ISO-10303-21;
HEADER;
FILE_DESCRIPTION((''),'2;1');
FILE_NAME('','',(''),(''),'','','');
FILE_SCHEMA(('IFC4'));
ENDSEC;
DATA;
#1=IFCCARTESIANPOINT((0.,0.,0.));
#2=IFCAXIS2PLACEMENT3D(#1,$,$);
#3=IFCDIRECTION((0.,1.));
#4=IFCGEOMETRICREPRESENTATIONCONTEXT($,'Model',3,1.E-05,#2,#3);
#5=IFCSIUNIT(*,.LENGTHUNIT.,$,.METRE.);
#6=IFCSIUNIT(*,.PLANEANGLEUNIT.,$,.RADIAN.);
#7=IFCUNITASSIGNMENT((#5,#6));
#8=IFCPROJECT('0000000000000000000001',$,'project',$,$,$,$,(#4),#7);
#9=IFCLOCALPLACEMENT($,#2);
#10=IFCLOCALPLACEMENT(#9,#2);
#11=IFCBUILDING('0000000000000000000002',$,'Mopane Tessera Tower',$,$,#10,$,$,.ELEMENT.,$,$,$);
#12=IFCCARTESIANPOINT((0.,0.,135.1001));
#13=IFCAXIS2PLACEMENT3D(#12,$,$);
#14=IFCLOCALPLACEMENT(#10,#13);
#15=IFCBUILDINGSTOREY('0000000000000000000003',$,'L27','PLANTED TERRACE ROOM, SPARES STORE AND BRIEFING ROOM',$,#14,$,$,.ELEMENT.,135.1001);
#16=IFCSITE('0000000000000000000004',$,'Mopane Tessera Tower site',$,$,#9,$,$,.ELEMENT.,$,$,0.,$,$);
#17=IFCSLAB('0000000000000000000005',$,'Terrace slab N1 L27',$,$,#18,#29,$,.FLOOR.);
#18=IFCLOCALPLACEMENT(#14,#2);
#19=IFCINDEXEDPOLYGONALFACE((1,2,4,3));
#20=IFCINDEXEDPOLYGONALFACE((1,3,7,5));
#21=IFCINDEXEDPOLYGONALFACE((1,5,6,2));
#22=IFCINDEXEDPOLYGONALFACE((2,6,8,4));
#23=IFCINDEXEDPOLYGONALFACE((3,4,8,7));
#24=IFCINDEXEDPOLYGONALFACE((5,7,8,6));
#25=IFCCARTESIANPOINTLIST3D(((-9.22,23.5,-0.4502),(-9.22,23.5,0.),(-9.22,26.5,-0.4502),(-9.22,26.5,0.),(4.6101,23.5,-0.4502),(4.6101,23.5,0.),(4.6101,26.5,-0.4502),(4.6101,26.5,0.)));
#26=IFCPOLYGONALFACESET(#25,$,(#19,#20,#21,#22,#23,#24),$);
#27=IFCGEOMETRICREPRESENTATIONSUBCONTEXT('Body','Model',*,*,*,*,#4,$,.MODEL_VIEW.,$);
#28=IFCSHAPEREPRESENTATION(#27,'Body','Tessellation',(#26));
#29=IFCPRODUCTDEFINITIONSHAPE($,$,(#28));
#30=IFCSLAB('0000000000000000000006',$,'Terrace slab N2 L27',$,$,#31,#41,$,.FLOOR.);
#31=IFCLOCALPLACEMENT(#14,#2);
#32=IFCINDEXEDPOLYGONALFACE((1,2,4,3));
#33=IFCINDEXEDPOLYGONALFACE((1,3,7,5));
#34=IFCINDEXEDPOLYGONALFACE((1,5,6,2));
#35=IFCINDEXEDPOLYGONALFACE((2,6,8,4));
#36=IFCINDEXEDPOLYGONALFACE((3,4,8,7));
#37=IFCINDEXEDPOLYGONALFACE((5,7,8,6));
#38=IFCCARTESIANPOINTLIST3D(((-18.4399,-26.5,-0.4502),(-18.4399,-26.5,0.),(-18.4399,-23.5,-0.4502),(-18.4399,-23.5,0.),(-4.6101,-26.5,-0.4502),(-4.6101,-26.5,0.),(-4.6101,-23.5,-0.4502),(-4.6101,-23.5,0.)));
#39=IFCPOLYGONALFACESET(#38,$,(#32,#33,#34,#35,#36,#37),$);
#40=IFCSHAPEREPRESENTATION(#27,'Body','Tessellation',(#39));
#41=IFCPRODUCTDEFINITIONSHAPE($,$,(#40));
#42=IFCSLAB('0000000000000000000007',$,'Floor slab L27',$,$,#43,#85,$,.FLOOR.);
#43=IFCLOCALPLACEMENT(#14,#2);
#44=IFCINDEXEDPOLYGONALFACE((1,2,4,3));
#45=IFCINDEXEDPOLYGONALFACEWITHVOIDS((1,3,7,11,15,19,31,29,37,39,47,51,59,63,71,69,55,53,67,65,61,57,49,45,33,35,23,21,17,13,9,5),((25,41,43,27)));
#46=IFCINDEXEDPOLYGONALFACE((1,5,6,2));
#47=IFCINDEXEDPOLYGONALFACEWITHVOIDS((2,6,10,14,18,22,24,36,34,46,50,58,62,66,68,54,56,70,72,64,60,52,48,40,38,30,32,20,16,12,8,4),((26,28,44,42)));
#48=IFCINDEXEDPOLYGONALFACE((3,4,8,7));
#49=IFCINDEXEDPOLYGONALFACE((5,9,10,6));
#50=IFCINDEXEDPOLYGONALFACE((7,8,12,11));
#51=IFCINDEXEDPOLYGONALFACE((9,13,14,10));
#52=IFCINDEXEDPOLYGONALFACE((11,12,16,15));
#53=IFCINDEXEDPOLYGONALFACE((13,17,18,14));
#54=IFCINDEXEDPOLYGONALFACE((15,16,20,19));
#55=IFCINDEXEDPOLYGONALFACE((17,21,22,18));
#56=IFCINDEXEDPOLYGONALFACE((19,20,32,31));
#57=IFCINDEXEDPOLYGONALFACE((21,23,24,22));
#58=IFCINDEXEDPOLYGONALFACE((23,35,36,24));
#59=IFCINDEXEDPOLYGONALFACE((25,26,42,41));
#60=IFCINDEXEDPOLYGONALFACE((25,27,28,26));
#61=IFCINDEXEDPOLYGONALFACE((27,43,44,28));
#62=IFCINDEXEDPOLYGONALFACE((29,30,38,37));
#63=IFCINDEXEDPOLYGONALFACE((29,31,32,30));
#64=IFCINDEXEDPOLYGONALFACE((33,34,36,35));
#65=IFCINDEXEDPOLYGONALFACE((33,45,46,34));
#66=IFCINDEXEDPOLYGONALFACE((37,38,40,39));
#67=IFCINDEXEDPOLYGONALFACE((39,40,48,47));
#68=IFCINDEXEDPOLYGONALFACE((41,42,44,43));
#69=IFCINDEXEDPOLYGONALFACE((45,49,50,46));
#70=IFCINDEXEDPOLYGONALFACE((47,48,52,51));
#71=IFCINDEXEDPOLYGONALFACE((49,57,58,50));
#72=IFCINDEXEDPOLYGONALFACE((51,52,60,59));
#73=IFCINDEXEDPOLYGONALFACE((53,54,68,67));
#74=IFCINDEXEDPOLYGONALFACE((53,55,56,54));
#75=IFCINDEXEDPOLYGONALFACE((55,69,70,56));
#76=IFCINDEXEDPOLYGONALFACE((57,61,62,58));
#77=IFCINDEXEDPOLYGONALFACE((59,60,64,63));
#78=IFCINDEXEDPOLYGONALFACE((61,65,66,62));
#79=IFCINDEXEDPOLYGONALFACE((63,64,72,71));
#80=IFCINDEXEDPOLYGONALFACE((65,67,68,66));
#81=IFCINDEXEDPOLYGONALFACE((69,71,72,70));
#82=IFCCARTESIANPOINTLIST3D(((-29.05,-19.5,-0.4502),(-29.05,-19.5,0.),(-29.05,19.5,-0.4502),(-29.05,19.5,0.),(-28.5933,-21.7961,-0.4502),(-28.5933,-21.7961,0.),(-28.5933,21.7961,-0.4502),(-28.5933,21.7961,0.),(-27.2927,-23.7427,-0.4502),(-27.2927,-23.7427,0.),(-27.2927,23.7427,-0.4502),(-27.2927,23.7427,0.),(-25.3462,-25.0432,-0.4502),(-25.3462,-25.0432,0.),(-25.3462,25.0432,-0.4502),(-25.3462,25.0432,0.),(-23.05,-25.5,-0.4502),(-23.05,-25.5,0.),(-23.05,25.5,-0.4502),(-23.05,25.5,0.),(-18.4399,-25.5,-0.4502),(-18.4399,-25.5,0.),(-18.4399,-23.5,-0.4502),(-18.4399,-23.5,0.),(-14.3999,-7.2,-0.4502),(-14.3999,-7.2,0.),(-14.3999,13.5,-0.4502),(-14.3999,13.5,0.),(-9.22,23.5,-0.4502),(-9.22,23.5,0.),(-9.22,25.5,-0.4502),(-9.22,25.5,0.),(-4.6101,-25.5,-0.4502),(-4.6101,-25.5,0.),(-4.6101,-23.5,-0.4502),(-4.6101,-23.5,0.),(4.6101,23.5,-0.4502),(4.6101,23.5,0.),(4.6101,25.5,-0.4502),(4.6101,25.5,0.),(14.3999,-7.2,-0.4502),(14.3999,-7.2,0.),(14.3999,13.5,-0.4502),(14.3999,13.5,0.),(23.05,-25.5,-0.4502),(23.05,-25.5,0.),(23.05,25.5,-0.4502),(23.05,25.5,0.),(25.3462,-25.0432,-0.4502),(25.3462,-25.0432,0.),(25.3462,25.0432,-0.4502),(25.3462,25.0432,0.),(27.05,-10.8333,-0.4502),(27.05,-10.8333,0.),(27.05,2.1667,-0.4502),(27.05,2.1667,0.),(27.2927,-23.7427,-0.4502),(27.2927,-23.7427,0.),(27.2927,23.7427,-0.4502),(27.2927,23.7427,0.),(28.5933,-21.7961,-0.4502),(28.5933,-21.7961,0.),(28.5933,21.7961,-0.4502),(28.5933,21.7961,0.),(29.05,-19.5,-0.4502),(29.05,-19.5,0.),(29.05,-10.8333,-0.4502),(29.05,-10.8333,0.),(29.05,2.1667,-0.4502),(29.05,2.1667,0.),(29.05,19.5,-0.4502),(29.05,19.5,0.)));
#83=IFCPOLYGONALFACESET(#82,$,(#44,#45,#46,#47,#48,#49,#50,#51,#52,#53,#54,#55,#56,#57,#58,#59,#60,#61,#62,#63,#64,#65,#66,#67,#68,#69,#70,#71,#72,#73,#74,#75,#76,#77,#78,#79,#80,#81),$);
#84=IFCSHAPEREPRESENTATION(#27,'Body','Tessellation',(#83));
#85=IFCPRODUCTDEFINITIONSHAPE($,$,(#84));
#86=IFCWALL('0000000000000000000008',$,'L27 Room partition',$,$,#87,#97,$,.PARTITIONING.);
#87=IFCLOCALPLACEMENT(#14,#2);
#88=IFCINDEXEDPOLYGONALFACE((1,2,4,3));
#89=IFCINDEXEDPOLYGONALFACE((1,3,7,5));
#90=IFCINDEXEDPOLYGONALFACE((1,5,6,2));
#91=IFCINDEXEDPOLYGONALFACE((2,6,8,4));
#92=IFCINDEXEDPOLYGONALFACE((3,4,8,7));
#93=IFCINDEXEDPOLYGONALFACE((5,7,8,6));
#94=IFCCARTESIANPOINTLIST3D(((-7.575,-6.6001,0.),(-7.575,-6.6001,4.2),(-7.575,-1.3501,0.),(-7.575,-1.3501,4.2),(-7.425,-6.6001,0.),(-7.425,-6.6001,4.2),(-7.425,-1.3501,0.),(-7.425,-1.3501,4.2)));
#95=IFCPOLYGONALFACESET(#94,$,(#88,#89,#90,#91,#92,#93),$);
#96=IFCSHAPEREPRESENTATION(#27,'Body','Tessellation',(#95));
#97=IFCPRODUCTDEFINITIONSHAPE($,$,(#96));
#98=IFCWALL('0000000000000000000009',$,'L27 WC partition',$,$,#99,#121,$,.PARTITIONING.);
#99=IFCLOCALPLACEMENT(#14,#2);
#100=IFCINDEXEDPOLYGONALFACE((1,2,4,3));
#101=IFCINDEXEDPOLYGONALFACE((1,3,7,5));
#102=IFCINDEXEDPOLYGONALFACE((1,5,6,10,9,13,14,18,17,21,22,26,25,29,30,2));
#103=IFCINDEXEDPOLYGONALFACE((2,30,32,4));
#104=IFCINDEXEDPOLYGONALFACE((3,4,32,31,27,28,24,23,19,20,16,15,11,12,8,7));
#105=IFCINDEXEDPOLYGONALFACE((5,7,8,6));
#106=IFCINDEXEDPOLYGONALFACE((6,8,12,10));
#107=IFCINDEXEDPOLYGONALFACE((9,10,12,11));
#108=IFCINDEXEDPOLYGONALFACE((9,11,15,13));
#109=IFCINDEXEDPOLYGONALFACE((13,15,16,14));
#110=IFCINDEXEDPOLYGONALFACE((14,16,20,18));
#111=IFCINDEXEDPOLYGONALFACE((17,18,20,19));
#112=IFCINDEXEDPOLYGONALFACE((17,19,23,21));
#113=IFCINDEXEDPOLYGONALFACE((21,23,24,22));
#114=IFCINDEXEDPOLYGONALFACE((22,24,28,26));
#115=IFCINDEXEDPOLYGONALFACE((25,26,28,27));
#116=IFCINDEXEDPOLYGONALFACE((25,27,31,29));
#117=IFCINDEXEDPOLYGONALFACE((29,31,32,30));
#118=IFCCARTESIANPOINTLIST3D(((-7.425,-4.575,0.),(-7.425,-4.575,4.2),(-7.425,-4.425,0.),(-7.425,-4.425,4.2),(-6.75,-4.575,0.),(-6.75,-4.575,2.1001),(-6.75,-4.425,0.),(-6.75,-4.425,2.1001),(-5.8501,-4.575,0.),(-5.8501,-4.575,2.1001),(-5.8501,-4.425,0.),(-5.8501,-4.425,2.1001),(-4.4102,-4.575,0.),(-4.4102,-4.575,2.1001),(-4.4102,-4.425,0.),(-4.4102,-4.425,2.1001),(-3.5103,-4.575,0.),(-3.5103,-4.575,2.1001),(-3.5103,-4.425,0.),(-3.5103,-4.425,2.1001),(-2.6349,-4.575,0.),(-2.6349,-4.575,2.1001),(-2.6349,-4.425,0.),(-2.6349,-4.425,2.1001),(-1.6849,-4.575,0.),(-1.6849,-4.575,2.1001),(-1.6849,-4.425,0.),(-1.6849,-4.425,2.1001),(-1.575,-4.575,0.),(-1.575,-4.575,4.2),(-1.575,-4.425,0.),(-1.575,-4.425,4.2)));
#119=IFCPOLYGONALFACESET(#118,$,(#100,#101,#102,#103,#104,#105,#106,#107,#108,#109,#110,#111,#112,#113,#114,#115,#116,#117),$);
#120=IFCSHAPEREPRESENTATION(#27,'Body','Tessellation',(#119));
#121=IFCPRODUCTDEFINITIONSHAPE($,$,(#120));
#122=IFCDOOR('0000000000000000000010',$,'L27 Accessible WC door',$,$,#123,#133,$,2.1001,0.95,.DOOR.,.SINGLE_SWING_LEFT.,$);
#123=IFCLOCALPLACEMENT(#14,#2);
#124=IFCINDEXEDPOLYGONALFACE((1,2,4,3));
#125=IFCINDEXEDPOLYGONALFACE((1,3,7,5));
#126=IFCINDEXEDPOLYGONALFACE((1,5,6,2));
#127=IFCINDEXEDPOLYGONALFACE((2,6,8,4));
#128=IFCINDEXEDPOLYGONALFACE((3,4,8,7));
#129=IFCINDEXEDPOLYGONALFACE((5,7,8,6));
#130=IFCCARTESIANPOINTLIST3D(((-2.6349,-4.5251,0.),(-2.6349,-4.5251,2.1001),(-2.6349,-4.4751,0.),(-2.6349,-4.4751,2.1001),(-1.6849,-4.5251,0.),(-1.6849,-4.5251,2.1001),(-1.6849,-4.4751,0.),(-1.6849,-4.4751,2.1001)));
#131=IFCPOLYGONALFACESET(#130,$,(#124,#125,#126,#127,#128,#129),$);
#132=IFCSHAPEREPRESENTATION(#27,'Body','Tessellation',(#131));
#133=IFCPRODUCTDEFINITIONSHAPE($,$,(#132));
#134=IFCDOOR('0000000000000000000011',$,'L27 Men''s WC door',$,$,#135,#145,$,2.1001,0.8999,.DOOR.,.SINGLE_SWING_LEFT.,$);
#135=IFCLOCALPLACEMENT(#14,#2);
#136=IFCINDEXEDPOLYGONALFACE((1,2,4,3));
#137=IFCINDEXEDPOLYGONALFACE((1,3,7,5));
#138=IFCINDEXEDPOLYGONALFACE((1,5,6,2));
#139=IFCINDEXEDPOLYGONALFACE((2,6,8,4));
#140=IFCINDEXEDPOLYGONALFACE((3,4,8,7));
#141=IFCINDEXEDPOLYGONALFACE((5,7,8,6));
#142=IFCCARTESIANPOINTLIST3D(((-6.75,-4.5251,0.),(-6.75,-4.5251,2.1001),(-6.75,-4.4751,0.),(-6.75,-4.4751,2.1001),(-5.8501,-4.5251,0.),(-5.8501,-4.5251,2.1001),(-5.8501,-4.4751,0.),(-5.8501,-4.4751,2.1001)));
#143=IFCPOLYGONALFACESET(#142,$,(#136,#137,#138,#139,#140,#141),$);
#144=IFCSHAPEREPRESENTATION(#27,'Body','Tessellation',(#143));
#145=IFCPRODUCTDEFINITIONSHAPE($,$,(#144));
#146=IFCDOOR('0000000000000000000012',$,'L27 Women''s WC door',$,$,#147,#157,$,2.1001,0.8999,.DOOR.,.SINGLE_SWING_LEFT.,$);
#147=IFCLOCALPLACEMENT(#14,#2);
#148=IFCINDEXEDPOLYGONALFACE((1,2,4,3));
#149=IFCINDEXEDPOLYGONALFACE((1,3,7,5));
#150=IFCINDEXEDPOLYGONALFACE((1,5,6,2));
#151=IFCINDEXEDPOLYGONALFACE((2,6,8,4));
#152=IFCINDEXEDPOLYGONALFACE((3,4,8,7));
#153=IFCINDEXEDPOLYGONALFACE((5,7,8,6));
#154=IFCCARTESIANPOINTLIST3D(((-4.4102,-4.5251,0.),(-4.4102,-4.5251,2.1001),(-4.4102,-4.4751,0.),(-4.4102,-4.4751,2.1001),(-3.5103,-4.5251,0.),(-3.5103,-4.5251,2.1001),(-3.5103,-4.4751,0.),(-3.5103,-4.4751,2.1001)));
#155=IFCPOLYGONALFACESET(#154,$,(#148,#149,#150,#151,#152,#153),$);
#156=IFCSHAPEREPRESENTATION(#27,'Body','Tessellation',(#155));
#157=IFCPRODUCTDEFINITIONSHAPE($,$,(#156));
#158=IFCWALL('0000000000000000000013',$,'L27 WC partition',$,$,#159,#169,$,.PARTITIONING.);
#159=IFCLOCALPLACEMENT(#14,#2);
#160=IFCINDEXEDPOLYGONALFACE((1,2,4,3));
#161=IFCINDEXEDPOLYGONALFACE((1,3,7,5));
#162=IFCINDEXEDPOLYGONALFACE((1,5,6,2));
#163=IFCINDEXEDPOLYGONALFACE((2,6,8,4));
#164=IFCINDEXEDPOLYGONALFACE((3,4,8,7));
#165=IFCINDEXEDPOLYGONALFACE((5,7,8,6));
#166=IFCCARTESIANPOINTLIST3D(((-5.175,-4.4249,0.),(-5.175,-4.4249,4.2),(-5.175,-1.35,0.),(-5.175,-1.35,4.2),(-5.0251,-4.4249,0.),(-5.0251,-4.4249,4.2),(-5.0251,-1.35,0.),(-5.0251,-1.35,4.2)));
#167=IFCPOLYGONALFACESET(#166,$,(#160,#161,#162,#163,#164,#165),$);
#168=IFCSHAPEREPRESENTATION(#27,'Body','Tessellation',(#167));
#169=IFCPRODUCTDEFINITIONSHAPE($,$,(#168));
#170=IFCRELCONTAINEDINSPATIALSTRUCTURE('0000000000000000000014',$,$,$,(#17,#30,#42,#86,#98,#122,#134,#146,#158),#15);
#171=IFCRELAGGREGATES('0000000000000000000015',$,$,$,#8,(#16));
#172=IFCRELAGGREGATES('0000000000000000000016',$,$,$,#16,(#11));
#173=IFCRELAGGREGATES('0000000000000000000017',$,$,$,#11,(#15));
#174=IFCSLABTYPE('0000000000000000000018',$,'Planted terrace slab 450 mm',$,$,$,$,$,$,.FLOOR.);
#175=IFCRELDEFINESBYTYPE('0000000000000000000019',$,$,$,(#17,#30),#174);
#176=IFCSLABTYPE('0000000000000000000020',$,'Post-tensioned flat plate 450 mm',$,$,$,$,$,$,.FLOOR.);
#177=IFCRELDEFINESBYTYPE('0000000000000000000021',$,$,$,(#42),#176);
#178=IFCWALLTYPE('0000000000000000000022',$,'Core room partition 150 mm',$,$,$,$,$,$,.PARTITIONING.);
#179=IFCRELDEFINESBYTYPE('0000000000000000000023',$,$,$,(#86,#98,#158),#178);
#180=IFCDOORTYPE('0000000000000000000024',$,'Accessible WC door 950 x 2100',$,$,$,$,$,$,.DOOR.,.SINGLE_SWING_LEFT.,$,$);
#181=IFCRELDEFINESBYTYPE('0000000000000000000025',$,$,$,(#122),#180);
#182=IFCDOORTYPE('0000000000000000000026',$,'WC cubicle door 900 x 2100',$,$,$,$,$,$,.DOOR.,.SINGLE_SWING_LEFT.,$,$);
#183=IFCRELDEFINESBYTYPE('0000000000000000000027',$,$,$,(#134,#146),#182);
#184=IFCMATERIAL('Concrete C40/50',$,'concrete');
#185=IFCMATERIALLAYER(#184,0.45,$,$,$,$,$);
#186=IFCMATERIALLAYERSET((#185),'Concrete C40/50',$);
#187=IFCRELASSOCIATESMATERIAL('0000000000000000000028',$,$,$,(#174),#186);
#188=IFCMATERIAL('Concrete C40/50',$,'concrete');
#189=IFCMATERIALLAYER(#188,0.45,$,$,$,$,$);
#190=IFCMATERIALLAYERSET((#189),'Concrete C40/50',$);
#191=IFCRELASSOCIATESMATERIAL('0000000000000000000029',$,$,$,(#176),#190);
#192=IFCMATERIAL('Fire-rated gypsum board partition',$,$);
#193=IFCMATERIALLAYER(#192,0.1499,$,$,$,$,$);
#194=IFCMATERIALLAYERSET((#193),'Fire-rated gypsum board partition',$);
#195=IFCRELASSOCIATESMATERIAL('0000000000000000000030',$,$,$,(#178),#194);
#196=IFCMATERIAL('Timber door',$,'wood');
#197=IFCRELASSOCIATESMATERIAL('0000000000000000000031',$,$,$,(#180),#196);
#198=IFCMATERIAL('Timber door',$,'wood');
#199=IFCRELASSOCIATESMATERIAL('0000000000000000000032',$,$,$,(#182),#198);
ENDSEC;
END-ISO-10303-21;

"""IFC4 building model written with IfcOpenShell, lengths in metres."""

from ifc_helpers import new_model, si_unit, direction, frame, frame_2d, origin, place, context, subcontext, project, spatial, polyline, rectangle, outline, extrude, material, layer, layer_set, type_object, element, fill, save


model = new_model("IFC4")

# Units and contexts
model_context = context("Model", 3, precision=1e-05, world=origin(), true_north=direction((0.0, 1.0)))
body_context = subcontext(model_context, "Body", "Model", "MODEL_VIEW")
ifc_project = project(units=[si_unit("LENGTHUNIT", "METRE"), si_unit("PLANEANGLEUNIT", "RADIAN")], contexts=[model_context])

# Site, building, storey
site_placement = place(None, origin())
site = spatial("IfcSite", under=ifc_project, at=site_placement, Name="Mopane Tessera Tower site", CompositionType="ELEMENT", RefElevation=0.0)
building_placement = place(site_placement, origin())
building = spatial("IfcBuilding", under=site, at=building_placement, Name="Mopane Tessera Tower", CompositionType="ELEMENT")
storey_placement = place(building_placement, frame((0.0, 0.0, 135.1001)))
storey = spatial("IfcBuildingStorey", under=building, at=storey_placement, Name="L27", Description="PLANTED TERRACE ROOM, SPARES STORE AND BRIEFING ROOM", CompositionType="ELEMENT", Elevation=135.1001)

# Slabs
ifc_material_1 = material(Name="Concrete C40/50", Category="concrete")
ifc_layer_1 = layer(ifc_material_1, 0.45)
ifc_layer_set_1 = layer_set([ifc_layer_1], Name="Concrete C40/50")
slab_type_1 = type_object("IfcSlabType", Name="Planted terrace slab 450 mm", PredefinedType="FLOOR", material=ifc_layer_set_1)
slab_1_placement = place(storey_placement, frame((0.0, 0.0, -0.4502)))
element("IfcSlab", 1, at=slab_1_placement, inside=storey, type_object=slab_type_1, Name="Terrace slab N1 L27", PredefinedType="FLOOR", context=body_context, shape_type="SweptSolid", body=[
    extrude(outline(polyline([(-9.22, 26.5), (-9.22, 23.5), (4.6101, 23.5), (4.6101, 26.5), (-9.22, 26.5)])), origin(), (0.0, 0.0, 1.0), 0.4502),
])
slab_2_placement = place(storey_placement, frame((0.0, 0.0, -0.4502)))
element("IfcSlab", 2, at=slab_2_placement, inside=storey, type_object=slab_type_1, Name="Terrace slab N2 L27", PredefinedType="FLOOR", context=body_context, shape_type="SweptSolid", body=[
    extrude(outline(polyline([(-4.6101, -26.5), (-4.6101, -23.5), (-18.4399, -23.5), (-18.4399, -26.5), (-4.6101, -26.5)])), origin(), (0.0, 0.0, 1.0), 0.4502),
])
ifc_material_2 = material(Name="Concrete C40/50", Category="concrete")
ifc_layer_2 = layer(ifc_material_2, 0.45)
ifc_layer_set_2 = layer_set([ifc_layer_2], Name="Concrete C40/50")
slab_type_2 = type_object("IfcSlabType", Name="Post-tensioned flat plate 450 mm", PredefinedType="FLOOR", material=ifc_layer_set_2)
slab_3_placement = place(storey_placement, frame((0.0, 0.0, -0.4502)))
element("IfcSlab", 3, at=slab_3_placement, inside=storey, type_object=slab_type_2, Name="Floor slab L27", PredefinedType="FLOOR", context=body_context, shape_type="SweptSolid", body=[
    extrude(outline(polyline([(-23.05, -25.5), (-18.4399, -25.5), (-18.4399, -23.5), (-4.6101, -23.5), (-4.6101, -25.5), (23.05, -25.5), (25.3462, -25.0432), (27.2927, -23.7427), (28.5933, -21.7961), (29.05, -19.5), (29.05, -10.8333), (27.05, -10.8333), (27.05, 2.1667), (29.05, 2.1667), (29.05, 19.5), (28.5933, 21.7961), (27.2927, 23.7427), (25.3462, 25.0432), (23.05, 25.5), (4.6101, 25.5), (4.6101, 23.5), (-9.22, 23.5), (-9.22, 25.5), (-23.05, 25.5), (-25.3462, 25.0432), (-27.2927, 23.7427), (-28.5933, 21.7961), (-29.05, 19.5), (-29.05, -19.5), (-28.5933, -21.7961), (-27.2927, -23.7427), (-25.3462, -25.0432), (-23.05, -25.5)]), holes=[polyline([(14.3999, -7.2), (-14.3999, -7.2), (-14.3999, 13.5), (14.3999, 13.5), (14.3999, -7.2)])]), origin(), (0.0, 0.0, 1.0), 0.4502),
])

# Wall
ifc_material_3 = material(Name="Fire-rated gypsum board partition")
ifc_layer_3 = layer(ifc_material_3, 0.1499)
ifc_layer_set_3 = layer_set([ifc_layer_3], Name="Fire-rated gypsum board partition")
wall_type_1 = type_object("IfcWallType", Name="Core room partition 150 mm", PredefinedType="PARTITIONING", material=ifc_layer_set_3)
wall_1_placement = place(storey_placement, frame((-7.5, -6.6001, 0.0), z_axis=(0.0, 0.0, 1.0), x_axis=(0.0, 1.0, 0.0)))
element("IfcWall", 4, at=wall_1_placement, inside=storey, type_object=wall_type_1, Name="L27 Room partition", PredefinedType="PARTITIONING", context=body_context, shape_type="SweptSolid", body=[
    extrude(rectangle(XDim=5.25, YDim=0.1499, at=frame_2d((2.625, 0.0))), origin(), (0.0, 0.0, 1.0), 4.2),
])

# Wall, openings, doors
wall_2_placement = place(storey_placement, frame((-7.425, -4.5, 0.0), z_axis=(0.0, 0.0, 1.0), x_axis=(1.0, 0.0, 0.0)))
wall_2 = element("IfcWall", 5, at=wall_2_placement, inside=storey, type_object=wall_type_1, Name="L27 WC partition", PredefinedType="PARTITIONING", context=body_context, shape_type="SweptSolid", body=[
    extrude(rectangle(XDim=5.8501, YDim=0.1499, at=frame_2d((2.925, 0.0))), origin(), (0.0, 0.0, 1.0), 4.2),
])
opening_1_placement = place(wall_2_placement, frame((0.675, 0.0, 0.0)))
opening_1 = element("IfcOpeningElement", 6, at=opening_1_placement, cuts=wall_2, PredefinedType="OPENING", context=body_context, shape_type="SweptSolid", body=[
    extrude(rectangle(XDim=0.8999, YDim=2.1001, at=frame_2d((0.45, 1.05))), frame((0.0, 0.0869, 0.0), z_axis=(0.0, -1.0, 0.0), x_axis=(1.0, 0.0, 0.0)), (0.0, 0.0, 1.0), 0.1738),
])
opening_2_placement = place(wall_2_placement, frame((3.0149, 0.0, 0.0)))
opening_2 = element("IfcOpeningElement", 7, at=opening_2_placement, cuts=wall_2, PredefinedType="OPENING", context=body_context, shape_type="SweptSolid", body=[
    extrude(rectangle(XDim=0.8999, YDim=2.1001, at=frame_2d((0.45, 1.05))), frame((0.0, 0.0869, 0.0), z_axis=(0.0, -1.0, 0.0), x_axis=(1.0, 0.0, 0.0)), (0.0, 0.0, 1.0), 0.1738),
])
opening_3_placement = place(wall_2_placement, frame((4.79, 0.0, 0.0)))
opening_3 = element("IfcOpeningElement", 8, at=opening_3_placement, cuts=wall_2, PredefinedType="OPENING", context=body_context, shape_type="SweptSolid", body=[
    extrude(rectangle(XDim=0.95, YDim=2.1001, at=frame_2d((0.4751, 1.05))), frame((0.0, 0.0869, 0.0), z_axis=(0.0, -1.0, 0.0), x_axis=(1.0, 0.0, 0.0)), (0.0, 0.0, 1.0), 0.1738),
])
ifc_material_4 = material(Name="Timber door", Category="wood")
door_type_1 = type_object("IfcDoorType", Name="Accessible WC door 950 x 2100", OperationType="SINGLE_SWING_LEFT", PredefinedType="DOOR", material=ifc_material_4)
door_1_placement = place(opening_3_placement, origin())
door_1 = element("IfcDoor", 9, at=door_1_placement, inside=storey, type_object=door_type_1, Name="L27 Accessible WC door", OperationType="SINGLE_SWING_LEFT", OverallHeight=2.1001, OverallWidth=0.95, PredefinedType="DOOR", context=body_context, shape_type="SweptSolid", body=[
    extrude(rectangle(XDim=0.95, YDim=2.1001, at=frame_2d((0.4751, 1.05))), frame((0.0, 0.0249, 0.0), z_axis=(0.0, -1.0, 0.0), x_axis=(1.0, 0.0, 0.0)), (0.0, 0.0, 1.0), 0.05),
])
fill(opening_3, door_1)
ifc_material_5 = material(Name="Timber door", Category="wood")
door_type_2 = type_object("IfcDoorType", Name="WC cubicle door 900 x 2100", OperationType="SINGLE_SWING_LEFT", PredefinedType="DOOR", material=ifc_material_5)
door_2_placement = place(opening_1_placement, origin())
door_2 = element("IfcDoor", 10, at=door_2_placement, inside=storey, type_object=door_type_2, Name="L27 Men's WC door", OperationType="SINGLE_SWING_LEFT", OverallHeight=2.1001, OverallWidth=0.8999, PredefinedType="DOOR", context=body_context, shape_type="SweptSolid", body=[
    extrude(rectangle(XDim=0.8999, YDim=2.1001, at=frame_2d((0.45, 1.05))), frame((0.0, 0.0249, 0.0), z_axis=(0.0, -1.0, 0.0), x_axis=(1.0, 0.0, 0.0)), (0.0, 0.0, 1.0), 0.05),
])
fill(opening_1, door_2)
door_3_placement = place(opening_2_placement, origin())
door_3 = element("IfcDoor", 11, at=door_3_placement, inside=storey, type_object=door_type_2, Name="L27 Women's WC door", OperationType="SINGLE_SWING_LEFT", OverallHeight=2.1001, OverallWidth=0.8999, PredefinedType="DOOR", context=body_context, shape_type="SweptSolid", body=[
    extrude(rectangle(XDim=0.8999, YDim=2.1001, at=frame_2d((0.45, 1.05))), frame((0.0, 0.0249, 0.0), z_axis=(0.0, -1.0, 0.0), x_axis=(1.0, 0.0, 0.0)), (0.0, 0.0, 1.0), 0.05),
])
fill(opening_2, door_3)

# Wall
for number, where, z_axis, x_axis, name in (
    (12, (-5.1001, -4.425, 0.0), (0.0, 0.0, 1.0), (0.0, 1.0, 0.0), "L27 WC partition"),
):
    element("IfcWall", number, at=place(storey_placement, frame(where, z_axis=z_axis, x_axis=x_axis)), inside=storey, type_object=wall_type_1, Name=name, PredefinedType="PARTITIONING", context=body_context, shape_type="SweptSolid", body=[
        extrude(rectangle(XDim=3.075, YDim=0.1499, at=frame_2d((1.5376, 0.0))), origin(), (0.0, 0.0, 1.0), 4.2),
    ])

save(model, "model.ifc")
